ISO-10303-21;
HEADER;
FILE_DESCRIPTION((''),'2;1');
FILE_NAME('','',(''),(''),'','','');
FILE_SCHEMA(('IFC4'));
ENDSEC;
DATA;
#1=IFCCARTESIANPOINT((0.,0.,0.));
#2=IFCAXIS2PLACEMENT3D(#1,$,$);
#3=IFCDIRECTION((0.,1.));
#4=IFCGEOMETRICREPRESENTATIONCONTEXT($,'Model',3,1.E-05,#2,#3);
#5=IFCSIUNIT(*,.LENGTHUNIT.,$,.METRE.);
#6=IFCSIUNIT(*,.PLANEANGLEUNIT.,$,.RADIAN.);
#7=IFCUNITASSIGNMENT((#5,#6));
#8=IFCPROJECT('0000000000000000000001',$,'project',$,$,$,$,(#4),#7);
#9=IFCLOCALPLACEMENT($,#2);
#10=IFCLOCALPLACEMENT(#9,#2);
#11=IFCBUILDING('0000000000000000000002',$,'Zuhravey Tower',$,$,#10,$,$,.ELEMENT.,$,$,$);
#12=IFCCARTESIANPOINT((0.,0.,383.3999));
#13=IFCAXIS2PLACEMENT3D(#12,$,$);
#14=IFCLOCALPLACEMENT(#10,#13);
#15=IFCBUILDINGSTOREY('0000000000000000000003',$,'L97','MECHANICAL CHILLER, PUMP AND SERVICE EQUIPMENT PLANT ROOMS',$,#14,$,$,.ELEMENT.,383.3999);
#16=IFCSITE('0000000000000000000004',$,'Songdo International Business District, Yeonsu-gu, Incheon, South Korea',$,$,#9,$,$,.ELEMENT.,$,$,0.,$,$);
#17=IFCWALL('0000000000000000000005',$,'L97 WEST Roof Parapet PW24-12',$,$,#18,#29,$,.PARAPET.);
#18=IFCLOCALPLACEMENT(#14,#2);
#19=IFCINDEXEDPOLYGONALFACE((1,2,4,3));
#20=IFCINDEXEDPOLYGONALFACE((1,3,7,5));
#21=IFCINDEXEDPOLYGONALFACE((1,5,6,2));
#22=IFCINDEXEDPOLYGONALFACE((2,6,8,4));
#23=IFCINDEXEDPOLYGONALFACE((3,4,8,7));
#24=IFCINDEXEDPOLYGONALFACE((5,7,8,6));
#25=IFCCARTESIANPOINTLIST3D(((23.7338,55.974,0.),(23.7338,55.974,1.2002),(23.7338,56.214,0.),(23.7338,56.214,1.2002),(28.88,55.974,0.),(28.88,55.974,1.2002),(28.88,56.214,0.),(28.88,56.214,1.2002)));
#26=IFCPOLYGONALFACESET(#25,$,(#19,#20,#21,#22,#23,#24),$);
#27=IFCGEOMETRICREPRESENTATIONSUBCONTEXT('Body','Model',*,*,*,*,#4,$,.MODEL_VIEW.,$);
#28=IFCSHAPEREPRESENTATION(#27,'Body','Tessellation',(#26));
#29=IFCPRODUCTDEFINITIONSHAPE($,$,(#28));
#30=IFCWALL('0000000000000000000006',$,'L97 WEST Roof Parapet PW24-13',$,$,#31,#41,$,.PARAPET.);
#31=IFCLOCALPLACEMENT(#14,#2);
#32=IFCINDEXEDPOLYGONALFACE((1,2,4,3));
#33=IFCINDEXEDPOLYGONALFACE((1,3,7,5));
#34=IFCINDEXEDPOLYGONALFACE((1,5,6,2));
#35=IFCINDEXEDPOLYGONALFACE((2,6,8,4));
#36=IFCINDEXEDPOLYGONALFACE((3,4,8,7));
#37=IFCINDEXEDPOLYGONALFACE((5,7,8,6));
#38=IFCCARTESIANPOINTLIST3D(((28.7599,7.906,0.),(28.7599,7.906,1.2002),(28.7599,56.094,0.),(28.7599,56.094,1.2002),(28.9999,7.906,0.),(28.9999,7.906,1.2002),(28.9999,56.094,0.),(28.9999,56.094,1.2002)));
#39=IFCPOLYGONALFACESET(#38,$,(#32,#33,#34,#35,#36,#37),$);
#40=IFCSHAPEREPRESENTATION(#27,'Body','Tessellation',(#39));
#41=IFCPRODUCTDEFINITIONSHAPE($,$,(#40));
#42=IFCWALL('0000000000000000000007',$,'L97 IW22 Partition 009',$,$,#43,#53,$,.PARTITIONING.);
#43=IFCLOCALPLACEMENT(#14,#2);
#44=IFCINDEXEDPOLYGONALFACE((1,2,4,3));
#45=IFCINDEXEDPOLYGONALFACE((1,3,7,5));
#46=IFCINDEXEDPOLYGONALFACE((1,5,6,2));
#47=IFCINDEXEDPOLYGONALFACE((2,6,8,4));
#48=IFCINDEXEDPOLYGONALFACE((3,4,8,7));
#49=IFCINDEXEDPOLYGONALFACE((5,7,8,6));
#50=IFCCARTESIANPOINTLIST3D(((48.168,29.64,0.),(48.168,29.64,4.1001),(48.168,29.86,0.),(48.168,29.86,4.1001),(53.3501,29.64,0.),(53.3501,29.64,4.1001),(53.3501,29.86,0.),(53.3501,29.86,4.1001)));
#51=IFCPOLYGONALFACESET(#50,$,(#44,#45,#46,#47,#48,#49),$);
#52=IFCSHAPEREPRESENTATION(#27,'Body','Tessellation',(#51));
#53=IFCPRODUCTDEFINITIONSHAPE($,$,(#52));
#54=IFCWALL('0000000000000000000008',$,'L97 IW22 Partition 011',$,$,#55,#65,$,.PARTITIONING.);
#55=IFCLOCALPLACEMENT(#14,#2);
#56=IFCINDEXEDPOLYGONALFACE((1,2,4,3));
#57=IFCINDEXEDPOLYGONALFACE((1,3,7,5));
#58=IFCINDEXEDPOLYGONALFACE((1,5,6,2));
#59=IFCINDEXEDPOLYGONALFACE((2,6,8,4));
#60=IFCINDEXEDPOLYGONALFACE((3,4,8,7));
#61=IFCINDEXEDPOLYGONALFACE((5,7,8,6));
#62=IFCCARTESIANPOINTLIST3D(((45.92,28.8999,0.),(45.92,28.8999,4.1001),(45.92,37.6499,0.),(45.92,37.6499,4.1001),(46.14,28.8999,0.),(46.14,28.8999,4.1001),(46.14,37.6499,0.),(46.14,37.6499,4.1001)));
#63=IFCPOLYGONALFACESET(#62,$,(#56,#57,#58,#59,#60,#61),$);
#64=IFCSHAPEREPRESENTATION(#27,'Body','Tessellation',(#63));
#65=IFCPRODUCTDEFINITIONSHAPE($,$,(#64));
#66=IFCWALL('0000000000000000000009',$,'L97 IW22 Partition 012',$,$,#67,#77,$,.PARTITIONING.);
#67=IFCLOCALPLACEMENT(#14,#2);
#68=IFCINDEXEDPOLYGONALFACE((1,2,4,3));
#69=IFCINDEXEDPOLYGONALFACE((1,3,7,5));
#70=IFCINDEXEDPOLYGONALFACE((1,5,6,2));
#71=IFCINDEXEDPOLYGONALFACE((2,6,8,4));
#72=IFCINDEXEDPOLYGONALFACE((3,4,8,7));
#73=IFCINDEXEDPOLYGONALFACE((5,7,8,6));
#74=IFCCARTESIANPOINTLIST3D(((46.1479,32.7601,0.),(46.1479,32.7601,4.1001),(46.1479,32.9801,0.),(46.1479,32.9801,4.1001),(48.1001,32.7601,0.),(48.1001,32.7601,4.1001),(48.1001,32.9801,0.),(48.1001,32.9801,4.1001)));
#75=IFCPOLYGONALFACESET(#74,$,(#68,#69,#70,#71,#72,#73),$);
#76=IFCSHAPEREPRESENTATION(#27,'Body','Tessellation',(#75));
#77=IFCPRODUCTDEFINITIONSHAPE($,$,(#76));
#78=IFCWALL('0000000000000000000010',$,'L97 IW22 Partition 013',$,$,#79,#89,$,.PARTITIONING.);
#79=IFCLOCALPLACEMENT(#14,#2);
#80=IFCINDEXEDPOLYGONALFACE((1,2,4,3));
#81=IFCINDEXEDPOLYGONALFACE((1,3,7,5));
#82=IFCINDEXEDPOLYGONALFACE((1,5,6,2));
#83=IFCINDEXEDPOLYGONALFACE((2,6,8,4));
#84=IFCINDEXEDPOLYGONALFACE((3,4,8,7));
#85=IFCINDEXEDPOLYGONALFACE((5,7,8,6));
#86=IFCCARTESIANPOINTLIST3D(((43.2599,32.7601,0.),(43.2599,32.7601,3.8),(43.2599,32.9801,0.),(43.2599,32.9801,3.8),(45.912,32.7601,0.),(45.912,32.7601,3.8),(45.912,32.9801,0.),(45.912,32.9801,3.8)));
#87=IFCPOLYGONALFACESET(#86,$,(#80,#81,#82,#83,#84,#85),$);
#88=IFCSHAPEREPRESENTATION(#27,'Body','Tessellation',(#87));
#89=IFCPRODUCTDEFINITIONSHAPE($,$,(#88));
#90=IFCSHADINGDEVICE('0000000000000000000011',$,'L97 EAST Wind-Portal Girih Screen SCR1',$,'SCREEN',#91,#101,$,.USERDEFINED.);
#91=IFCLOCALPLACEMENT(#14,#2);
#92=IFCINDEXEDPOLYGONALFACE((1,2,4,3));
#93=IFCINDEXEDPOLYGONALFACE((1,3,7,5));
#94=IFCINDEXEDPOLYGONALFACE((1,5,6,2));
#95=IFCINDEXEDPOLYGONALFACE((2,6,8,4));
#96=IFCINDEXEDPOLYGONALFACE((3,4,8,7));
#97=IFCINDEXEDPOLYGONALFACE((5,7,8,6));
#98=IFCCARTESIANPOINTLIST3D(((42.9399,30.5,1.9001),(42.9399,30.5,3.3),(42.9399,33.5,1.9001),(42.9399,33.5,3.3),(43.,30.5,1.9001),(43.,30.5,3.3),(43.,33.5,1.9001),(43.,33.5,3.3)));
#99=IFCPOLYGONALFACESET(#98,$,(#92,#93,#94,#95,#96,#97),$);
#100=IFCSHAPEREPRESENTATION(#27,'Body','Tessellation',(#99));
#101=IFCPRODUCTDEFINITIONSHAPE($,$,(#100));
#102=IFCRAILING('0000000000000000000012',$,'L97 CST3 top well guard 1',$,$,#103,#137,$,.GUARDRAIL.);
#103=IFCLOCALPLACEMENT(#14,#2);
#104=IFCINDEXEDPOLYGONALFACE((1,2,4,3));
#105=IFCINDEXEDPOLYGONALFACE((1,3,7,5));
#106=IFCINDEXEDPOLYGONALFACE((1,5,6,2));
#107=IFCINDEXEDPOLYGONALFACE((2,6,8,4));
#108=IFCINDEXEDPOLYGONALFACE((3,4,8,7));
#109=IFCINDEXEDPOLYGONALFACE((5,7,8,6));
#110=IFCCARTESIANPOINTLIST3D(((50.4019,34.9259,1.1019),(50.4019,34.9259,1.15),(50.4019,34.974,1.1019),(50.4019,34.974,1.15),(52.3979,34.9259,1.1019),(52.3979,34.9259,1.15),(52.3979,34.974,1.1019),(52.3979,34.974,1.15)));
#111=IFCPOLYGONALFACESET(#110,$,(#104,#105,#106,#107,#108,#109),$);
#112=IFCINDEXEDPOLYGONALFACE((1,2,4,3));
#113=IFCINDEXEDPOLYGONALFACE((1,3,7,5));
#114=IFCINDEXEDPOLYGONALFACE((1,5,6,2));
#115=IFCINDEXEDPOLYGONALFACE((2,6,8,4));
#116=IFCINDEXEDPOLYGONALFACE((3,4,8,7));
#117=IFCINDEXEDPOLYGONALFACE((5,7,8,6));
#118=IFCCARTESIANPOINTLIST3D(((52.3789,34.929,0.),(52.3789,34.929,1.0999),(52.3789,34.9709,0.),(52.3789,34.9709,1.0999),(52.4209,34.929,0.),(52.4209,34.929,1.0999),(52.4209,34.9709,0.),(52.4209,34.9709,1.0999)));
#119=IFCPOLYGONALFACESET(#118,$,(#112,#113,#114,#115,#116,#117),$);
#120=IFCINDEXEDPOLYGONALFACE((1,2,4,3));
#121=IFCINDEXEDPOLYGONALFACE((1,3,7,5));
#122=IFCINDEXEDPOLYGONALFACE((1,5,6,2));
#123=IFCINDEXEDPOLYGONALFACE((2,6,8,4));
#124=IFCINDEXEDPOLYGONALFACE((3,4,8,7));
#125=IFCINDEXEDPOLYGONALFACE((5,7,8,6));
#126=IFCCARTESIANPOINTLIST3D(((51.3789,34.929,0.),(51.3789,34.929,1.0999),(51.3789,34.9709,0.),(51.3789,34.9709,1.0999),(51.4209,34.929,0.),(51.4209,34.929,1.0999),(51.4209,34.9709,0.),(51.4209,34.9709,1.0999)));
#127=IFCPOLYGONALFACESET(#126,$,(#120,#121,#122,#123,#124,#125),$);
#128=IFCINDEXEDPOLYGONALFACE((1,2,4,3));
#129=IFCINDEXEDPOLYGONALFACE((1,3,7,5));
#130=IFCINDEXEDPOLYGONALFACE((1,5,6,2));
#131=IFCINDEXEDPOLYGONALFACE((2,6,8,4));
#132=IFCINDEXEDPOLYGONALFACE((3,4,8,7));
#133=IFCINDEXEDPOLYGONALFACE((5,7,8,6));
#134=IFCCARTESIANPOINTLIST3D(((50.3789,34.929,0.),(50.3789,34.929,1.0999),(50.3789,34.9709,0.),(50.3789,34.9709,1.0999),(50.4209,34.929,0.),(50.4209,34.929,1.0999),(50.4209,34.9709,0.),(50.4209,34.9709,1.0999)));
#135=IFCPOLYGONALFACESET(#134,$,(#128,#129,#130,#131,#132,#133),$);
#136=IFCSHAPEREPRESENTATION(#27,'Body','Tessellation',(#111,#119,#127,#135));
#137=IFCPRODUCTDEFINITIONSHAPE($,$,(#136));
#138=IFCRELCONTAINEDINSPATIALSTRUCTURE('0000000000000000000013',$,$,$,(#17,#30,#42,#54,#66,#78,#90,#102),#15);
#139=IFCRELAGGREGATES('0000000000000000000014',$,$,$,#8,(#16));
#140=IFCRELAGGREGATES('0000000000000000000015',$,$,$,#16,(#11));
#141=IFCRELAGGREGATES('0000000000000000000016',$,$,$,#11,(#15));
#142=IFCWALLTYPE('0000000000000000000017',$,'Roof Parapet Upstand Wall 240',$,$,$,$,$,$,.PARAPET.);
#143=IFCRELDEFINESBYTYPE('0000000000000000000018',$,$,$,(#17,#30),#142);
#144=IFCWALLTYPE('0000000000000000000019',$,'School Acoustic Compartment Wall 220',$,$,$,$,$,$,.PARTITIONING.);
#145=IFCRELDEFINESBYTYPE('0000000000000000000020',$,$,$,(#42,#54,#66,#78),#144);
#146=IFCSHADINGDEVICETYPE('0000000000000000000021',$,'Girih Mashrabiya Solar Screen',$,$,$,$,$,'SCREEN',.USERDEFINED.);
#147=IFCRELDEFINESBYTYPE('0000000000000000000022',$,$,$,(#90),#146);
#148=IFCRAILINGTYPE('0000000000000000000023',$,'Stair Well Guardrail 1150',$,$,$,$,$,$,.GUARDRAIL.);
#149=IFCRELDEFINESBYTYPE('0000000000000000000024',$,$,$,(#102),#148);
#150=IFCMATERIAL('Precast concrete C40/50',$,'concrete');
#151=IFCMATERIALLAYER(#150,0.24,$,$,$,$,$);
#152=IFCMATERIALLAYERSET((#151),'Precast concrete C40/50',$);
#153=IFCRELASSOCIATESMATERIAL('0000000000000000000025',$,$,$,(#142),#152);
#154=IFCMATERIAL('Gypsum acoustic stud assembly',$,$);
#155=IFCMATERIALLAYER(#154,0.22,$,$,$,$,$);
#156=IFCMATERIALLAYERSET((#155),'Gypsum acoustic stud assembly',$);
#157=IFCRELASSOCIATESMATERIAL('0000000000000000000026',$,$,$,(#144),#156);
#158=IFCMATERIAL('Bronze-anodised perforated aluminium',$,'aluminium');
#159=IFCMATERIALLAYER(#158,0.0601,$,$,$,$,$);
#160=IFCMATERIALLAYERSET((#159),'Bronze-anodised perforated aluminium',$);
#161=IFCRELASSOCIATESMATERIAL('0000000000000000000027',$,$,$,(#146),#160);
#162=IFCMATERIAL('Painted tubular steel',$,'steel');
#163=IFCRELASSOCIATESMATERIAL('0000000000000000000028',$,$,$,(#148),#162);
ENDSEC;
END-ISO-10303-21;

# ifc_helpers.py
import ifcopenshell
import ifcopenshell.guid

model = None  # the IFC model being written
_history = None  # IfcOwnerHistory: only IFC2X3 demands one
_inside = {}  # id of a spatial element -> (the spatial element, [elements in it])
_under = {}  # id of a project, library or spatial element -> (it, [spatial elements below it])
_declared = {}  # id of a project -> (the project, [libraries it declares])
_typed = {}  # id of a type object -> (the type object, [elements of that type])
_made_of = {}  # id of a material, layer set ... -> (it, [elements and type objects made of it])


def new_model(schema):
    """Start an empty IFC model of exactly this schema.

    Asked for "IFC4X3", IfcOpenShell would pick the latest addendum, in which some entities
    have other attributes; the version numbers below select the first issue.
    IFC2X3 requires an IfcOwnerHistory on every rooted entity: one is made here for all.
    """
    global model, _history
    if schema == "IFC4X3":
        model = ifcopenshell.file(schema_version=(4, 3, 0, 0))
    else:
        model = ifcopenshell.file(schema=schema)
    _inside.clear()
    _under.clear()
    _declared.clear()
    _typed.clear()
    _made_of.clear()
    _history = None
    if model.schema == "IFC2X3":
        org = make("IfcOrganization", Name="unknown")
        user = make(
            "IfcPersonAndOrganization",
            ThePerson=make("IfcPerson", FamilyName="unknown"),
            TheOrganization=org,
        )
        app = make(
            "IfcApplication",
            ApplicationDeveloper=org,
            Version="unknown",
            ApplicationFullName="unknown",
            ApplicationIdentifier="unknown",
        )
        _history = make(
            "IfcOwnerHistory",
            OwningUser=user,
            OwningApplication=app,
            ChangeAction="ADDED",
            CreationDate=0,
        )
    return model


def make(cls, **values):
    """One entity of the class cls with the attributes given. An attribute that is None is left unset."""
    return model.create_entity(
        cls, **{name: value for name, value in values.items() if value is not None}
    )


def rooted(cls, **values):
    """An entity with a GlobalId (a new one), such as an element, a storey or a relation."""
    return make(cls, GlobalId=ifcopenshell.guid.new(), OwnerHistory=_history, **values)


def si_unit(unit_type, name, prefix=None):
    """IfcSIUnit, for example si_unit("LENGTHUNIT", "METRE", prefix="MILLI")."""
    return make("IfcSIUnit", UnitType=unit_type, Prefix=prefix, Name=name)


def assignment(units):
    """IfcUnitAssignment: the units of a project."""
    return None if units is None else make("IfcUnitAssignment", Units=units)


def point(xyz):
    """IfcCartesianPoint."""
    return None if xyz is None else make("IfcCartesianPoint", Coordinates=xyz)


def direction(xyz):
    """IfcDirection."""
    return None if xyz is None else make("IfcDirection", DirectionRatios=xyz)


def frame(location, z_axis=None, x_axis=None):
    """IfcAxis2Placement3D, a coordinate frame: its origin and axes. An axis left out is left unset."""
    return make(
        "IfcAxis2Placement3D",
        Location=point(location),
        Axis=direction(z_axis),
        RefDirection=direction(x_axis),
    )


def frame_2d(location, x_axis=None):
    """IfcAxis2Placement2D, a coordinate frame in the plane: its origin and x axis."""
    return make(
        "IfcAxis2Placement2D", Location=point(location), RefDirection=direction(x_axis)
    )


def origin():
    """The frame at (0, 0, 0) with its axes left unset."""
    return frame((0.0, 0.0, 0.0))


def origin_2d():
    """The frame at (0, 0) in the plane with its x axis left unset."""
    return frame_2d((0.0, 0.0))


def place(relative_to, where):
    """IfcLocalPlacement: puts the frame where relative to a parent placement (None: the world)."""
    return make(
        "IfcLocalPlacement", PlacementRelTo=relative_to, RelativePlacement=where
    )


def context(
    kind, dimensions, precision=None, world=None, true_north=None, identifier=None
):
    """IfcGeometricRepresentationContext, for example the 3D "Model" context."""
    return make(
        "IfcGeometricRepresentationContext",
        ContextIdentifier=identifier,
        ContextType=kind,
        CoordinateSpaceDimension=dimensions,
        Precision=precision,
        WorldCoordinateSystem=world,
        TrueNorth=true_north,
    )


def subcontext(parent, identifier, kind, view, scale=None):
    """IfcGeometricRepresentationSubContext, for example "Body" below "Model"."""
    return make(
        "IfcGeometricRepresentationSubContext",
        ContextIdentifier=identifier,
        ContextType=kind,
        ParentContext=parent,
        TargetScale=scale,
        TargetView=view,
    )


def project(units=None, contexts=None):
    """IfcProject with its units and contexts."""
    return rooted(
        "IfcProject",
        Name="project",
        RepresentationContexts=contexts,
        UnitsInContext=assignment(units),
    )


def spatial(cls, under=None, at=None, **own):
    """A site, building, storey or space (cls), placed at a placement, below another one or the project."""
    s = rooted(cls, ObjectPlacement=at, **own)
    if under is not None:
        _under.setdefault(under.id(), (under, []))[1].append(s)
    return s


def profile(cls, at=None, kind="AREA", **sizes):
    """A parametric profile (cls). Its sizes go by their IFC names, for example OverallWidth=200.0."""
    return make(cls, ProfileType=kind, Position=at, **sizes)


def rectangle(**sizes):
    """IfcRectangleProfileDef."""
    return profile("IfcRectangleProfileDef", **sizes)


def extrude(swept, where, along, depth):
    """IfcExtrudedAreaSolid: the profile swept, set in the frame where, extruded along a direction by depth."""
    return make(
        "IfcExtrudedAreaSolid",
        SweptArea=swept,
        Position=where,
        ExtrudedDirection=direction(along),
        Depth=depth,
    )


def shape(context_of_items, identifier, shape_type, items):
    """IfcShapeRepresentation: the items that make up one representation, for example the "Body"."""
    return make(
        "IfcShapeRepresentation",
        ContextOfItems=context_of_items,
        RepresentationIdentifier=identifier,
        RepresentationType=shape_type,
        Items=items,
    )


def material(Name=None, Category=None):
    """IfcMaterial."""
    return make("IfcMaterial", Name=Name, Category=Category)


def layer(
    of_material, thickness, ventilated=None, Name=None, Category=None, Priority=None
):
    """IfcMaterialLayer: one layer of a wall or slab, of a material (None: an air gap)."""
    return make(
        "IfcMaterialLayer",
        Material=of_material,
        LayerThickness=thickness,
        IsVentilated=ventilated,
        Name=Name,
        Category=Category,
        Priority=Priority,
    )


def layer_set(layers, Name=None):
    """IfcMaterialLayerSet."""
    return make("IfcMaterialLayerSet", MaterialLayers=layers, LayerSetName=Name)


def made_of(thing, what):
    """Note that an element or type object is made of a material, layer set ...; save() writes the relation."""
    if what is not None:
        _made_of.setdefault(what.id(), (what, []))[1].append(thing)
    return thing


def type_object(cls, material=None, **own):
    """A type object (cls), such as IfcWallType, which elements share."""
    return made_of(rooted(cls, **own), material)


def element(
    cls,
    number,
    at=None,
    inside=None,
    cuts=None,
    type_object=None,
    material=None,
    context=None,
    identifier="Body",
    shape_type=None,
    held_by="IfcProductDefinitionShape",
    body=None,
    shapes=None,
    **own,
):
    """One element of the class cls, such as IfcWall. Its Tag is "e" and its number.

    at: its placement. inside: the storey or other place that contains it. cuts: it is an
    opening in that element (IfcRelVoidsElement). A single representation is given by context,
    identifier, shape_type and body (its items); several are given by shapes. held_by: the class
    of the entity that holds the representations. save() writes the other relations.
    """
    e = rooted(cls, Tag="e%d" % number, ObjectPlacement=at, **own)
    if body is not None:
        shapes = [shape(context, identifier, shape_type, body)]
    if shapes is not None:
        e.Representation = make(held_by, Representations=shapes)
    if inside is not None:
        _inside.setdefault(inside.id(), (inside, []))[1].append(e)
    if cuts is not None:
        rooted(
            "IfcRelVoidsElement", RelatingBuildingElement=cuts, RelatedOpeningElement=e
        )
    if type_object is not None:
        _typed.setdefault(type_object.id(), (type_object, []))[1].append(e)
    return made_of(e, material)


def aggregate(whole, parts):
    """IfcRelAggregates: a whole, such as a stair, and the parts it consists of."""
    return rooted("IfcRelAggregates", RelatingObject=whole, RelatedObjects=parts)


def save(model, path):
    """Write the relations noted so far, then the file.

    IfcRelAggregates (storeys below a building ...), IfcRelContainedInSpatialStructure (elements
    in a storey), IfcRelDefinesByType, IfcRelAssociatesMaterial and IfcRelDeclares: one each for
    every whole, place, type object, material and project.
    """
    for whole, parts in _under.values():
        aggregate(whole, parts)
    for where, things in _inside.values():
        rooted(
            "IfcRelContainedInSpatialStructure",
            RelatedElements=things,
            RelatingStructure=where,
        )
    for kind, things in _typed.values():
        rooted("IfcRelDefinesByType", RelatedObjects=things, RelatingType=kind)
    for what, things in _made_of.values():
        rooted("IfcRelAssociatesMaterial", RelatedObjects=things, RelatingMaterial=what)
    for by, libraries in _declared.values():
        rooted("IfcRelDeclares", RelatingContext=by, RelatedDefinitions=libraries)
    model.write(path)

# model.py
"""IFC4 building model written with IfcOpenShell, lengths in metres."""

from ifc_helpers import new_model, si_unit, direction, frame, frame_2d, origin, origin_2d, place, context, subcontext, project, spatial, rectangle, extrude, material, layer, layer_set, type_object, element, save


model = new_model("IFC4")

# Units and contexts
model_context = context("Model", 3, precision=1e-05, world=origin(), true_north=direction((0.0, 1.0)))
body_context = subcontext(model_context, "Body", "Model", "MODEL_VIEW")
ifc_project = project(units=[si_unit("LENGTHUNIT", "METRE"), si_unit("PLANEANGLEUNIT", "RADIAN")], contexts=[model_context])

# Site, building, storey
site_placement = place(None, origin())
site = spatial("IfcSite", under=ifc_project, at=site_placement, Name="Songdo International Business District, Yeonsu-gu, Incheon, South Korea", CompositionType="ELEMENT", RefElevation=0.0)
building_placement = place(site_placement, origin())
building = spatial("IfcBuilding", under=site, at=building_placement, Name="Zuhravey Tower", CompositionType="ELEMENT")
storey_placement = place(building_placement, frame((0.0, 0.0, 383.3999)))
storey = spatial("IfcBuildingStorey", under=building, at=storey_placement, Name="L97", Description="MECHANICAL CHILLER, PUMP AND SERVICE EQUIPMENT PLANT ROOMS", CompositionType="ELEMENT", Elevation=383.3999)

# Walls
ifc_material_1 = material(Name="Precast concrete C40/50", Category="concrete")
ifc_layer_1 = layer(ifc_material_1, 0.24)
ifc_layer_set_1 = layer_set([ifc_layer_1], Name="Precast concrete C40/50")
wall_type_1 = type_object("IfcWallType", Name="Roof Parapet Upstand Wall 240", PredefinedType="PARAPET", material=ifc_layer_set_1)
wall_1_placement = place(storey_placement, frame((23.7336, 56.094, 0.0), z_axis=(0.0, 0.0, 1.0), x_axis=(1.0, 0.0, 0.0)))
element("IfcWall", 1, at=wall_1_placement, inside=storey, type_object=wall_type_1, Name="L97 WEST Roof Parapet PW24-12", PredefinedType="PARAPET", context=body_context, shape_type="SweptSolid", body=[
    extrude(rectangle(XDim=5.1462, YDim=0.24, at=frame_2d((2.5732, 0.0))), origin(), (0.0, 0.0, 1.0), 1.2002),
])
wall_2_placement = place(storey_placement, frame((28.8799, 56.094, 0.0), z_axis=(0.0, 0.0, 1.0), x_axis=(0.0, -1.0, 0.0)))
element("IfcWall", 2, at=wall_2_placement, inside=storey, type_object=wall_type_1, Name="L97 WEST Roof Parapet PW24-13", PredefinedType="PARAPET", context=body_context, shape_type="SweptSolid", body=[
    extrude(rectangle(XDim=48.188, YDim=0.24, at=frame_2d((24.094, 0.0))), origin(), (0.0, 0.0, 1.0), 1.2002),
])
ifc_material_2 = material(Name="Gypsum acoustic stud assembly")
ifc_layer_2 = layer(ifc_material_2, 0.22)
ifc_layer_set_2 = layer_set([ifc_layer_2], Name="Gypsum acoustic stud assembly")
wall_type_2 = type_object("IfcWallType", Name="School Acoustic Compartment Wall 220", PredefinedType="PARTITIONING", material=ifc_layer_set_2)
wall_3_placement = place(storey_placement, frame((48.168, 29.75, 0.0), z_axis=(0.0, 0.0, 1.0), x_axis=(1.0, 0.0, 0.0)))
element("IfcWall", 3, at=wall_3_placement, inside=storey, type_object=wall_type_2, Name="L97 IW22 Partition 009", PredefinedType="PARTITIONING", context=body_context, shape_type="SweptSolid", body=[
    extrude(rectangle(XDim=5.1821, YDim=0.22, at=frame_2d((2.5911, 0.0))), origin(), (0.0, 0.0, 1.0), 4.1001),
])
wall_4_placement = place(storey_placement, frame((46.03, 37.6499, 0.0), z_axis=(0.0, 0.0, 1.0), x_axis=(0.0, -1.0, 0.0)))
element("IfcWall", 4, at=wall_4_placement, inside=storey, type_object=wall_type_2, Name="L97 IW22 Partition 011", PredefinedType="PARTITIONING", context=body_context, shape_type="SweptSolid", body=[
    extrude(rectangle(XDim=8.75, YDim=0.22, at=frame_2d((4.375, 0.0))), origin(), (0.0, 0.0, 1.0), 4.1001),
])
wall_5_placement = place(storey_placement, frame((48.1001, 32.8701, 0.0), z_axis=(0.0, 0.0, 1.0), x_axis=(-1.0, 0.0, 0.0)))
element("IfcWall", 5, at=wall_5_placement, inside=storey, type_object=wall_type_2, Name="L97 IW22 Partition 012", PredefinedType="PARTITIONING", context=body_context, shape_type="SweptSolid", body=[
    extrude(rectangle(XDim=1.9521, YDim=0.22, at=frame_2d((0.9761, 0.0))), origin(), (0.0, 0.0, 1.0), 4.1001),
])
wall_6_placement = place(storey_placement, frame((45.9121, 32.8701, 0.0), z_axis=(0.0, 0.0, 1.0), x_axis=(-1.0, 0.0, 0.0)))
element("IfcWall", 6, at=wall_6_placement, inside=storey, type_object=wall_type_2, Name="L97 IW22 Partition 013", PredefinedType="PARTITIONING", context=body_context, shape_type="SweptSolid", body=[
    extrude(rectangle(XDim=2.6521, YDim=0.22, at=frame_2d((1.3262, 0.0))), origin(), (0.0, 0.0, 1.0), 3.8),
])

# Shading device
ifc_material_3 = material(Name="Bronze-anodised perforated aluminium", Category="aluminium")
ifc_layer_3 = layer(ifc_material_3, 0.0601)
ifc_layer_set_3 = layer_set([ifc_layer_3], Name="Bronze-anodised perforated aluminium")
shading_device_type = type_object("IfcShadingDeviceType", Name="Girih Mashrabiya Solar Screen", ElementType="SCREEN", PredefinedType="USERDEFINED", material=ifc_layer_set_3)
shading_device_placement = place(storey_placement, frame((42.97, 32.0, 1.9001), z_axis=(0.0, 0.0, 1.0), x_axis=(0.0, 1.0, 0.0)))
element("IfcShadingDevice", 7, at=shading_device_placement, inside=storey, type_object=shading_device_type, Name="L97 EAST Wind-Portal Girih Screen SCR1", ObjectType="SCREEN", PredefinedType="USERDEFINED", context=body_context, shape_type="SweptSolid", body=[
    extrude(rectangle(XDim=3.0, YDim=0.0601, at=origin_2d()), origin(), (0.0, 0.0, 1.0), 1.3999),
])

# Railing
ifc_material_4 = material(Name="Painted tubular steel", Category="steel")
railing_type = type_object("IfcRailingType", Name="Stair Well Guardrail 1150", PredefinedType="GUARDRAIL", material=ifc_material_4)
railing_placement = place(storey_placement, frame((52.3999, 34.95, 0.0)))
element("IfcRailing", 8, at=railing_placement, inside=storey, type_object=railing_type, Name="L97 CST3 top well guard 1", PredefinedType="GUARDRAIL", context=body_context, shape_type="SweptSolid", body=[
    extrude(rectangle(XDim=0.0481, YDim=0.0481, at=origin_2d()), frame((-0.002, 0.0, 1.126), z_axis=(-1.0, 0.0, 0.0), x_axis=(0.0, -1.0, 0.0)), (0.0, 0.0, 1.0), 1.9961),
    extrude(rectangle(XDim=0.042, YDim=0.042, at=origin_2d()), origin(), (0.0, 0.0, 1.0), 1.0999),
    extrude(rectangle(XDim=0.042, YDim=0.042, at=origin_2d()), frame((-1.0, 0.0, 0.0)), (0.0, 0.0, 1.0), 1.0999),
    extrude(rectangle(XDim=0.042, YDim=0.042, at=origin_2d()), frame((-2.0, 0.0, 0.0)), (0.0, 0.0, 1.0), 1.0999),
])

save(model, "model.ifc")
